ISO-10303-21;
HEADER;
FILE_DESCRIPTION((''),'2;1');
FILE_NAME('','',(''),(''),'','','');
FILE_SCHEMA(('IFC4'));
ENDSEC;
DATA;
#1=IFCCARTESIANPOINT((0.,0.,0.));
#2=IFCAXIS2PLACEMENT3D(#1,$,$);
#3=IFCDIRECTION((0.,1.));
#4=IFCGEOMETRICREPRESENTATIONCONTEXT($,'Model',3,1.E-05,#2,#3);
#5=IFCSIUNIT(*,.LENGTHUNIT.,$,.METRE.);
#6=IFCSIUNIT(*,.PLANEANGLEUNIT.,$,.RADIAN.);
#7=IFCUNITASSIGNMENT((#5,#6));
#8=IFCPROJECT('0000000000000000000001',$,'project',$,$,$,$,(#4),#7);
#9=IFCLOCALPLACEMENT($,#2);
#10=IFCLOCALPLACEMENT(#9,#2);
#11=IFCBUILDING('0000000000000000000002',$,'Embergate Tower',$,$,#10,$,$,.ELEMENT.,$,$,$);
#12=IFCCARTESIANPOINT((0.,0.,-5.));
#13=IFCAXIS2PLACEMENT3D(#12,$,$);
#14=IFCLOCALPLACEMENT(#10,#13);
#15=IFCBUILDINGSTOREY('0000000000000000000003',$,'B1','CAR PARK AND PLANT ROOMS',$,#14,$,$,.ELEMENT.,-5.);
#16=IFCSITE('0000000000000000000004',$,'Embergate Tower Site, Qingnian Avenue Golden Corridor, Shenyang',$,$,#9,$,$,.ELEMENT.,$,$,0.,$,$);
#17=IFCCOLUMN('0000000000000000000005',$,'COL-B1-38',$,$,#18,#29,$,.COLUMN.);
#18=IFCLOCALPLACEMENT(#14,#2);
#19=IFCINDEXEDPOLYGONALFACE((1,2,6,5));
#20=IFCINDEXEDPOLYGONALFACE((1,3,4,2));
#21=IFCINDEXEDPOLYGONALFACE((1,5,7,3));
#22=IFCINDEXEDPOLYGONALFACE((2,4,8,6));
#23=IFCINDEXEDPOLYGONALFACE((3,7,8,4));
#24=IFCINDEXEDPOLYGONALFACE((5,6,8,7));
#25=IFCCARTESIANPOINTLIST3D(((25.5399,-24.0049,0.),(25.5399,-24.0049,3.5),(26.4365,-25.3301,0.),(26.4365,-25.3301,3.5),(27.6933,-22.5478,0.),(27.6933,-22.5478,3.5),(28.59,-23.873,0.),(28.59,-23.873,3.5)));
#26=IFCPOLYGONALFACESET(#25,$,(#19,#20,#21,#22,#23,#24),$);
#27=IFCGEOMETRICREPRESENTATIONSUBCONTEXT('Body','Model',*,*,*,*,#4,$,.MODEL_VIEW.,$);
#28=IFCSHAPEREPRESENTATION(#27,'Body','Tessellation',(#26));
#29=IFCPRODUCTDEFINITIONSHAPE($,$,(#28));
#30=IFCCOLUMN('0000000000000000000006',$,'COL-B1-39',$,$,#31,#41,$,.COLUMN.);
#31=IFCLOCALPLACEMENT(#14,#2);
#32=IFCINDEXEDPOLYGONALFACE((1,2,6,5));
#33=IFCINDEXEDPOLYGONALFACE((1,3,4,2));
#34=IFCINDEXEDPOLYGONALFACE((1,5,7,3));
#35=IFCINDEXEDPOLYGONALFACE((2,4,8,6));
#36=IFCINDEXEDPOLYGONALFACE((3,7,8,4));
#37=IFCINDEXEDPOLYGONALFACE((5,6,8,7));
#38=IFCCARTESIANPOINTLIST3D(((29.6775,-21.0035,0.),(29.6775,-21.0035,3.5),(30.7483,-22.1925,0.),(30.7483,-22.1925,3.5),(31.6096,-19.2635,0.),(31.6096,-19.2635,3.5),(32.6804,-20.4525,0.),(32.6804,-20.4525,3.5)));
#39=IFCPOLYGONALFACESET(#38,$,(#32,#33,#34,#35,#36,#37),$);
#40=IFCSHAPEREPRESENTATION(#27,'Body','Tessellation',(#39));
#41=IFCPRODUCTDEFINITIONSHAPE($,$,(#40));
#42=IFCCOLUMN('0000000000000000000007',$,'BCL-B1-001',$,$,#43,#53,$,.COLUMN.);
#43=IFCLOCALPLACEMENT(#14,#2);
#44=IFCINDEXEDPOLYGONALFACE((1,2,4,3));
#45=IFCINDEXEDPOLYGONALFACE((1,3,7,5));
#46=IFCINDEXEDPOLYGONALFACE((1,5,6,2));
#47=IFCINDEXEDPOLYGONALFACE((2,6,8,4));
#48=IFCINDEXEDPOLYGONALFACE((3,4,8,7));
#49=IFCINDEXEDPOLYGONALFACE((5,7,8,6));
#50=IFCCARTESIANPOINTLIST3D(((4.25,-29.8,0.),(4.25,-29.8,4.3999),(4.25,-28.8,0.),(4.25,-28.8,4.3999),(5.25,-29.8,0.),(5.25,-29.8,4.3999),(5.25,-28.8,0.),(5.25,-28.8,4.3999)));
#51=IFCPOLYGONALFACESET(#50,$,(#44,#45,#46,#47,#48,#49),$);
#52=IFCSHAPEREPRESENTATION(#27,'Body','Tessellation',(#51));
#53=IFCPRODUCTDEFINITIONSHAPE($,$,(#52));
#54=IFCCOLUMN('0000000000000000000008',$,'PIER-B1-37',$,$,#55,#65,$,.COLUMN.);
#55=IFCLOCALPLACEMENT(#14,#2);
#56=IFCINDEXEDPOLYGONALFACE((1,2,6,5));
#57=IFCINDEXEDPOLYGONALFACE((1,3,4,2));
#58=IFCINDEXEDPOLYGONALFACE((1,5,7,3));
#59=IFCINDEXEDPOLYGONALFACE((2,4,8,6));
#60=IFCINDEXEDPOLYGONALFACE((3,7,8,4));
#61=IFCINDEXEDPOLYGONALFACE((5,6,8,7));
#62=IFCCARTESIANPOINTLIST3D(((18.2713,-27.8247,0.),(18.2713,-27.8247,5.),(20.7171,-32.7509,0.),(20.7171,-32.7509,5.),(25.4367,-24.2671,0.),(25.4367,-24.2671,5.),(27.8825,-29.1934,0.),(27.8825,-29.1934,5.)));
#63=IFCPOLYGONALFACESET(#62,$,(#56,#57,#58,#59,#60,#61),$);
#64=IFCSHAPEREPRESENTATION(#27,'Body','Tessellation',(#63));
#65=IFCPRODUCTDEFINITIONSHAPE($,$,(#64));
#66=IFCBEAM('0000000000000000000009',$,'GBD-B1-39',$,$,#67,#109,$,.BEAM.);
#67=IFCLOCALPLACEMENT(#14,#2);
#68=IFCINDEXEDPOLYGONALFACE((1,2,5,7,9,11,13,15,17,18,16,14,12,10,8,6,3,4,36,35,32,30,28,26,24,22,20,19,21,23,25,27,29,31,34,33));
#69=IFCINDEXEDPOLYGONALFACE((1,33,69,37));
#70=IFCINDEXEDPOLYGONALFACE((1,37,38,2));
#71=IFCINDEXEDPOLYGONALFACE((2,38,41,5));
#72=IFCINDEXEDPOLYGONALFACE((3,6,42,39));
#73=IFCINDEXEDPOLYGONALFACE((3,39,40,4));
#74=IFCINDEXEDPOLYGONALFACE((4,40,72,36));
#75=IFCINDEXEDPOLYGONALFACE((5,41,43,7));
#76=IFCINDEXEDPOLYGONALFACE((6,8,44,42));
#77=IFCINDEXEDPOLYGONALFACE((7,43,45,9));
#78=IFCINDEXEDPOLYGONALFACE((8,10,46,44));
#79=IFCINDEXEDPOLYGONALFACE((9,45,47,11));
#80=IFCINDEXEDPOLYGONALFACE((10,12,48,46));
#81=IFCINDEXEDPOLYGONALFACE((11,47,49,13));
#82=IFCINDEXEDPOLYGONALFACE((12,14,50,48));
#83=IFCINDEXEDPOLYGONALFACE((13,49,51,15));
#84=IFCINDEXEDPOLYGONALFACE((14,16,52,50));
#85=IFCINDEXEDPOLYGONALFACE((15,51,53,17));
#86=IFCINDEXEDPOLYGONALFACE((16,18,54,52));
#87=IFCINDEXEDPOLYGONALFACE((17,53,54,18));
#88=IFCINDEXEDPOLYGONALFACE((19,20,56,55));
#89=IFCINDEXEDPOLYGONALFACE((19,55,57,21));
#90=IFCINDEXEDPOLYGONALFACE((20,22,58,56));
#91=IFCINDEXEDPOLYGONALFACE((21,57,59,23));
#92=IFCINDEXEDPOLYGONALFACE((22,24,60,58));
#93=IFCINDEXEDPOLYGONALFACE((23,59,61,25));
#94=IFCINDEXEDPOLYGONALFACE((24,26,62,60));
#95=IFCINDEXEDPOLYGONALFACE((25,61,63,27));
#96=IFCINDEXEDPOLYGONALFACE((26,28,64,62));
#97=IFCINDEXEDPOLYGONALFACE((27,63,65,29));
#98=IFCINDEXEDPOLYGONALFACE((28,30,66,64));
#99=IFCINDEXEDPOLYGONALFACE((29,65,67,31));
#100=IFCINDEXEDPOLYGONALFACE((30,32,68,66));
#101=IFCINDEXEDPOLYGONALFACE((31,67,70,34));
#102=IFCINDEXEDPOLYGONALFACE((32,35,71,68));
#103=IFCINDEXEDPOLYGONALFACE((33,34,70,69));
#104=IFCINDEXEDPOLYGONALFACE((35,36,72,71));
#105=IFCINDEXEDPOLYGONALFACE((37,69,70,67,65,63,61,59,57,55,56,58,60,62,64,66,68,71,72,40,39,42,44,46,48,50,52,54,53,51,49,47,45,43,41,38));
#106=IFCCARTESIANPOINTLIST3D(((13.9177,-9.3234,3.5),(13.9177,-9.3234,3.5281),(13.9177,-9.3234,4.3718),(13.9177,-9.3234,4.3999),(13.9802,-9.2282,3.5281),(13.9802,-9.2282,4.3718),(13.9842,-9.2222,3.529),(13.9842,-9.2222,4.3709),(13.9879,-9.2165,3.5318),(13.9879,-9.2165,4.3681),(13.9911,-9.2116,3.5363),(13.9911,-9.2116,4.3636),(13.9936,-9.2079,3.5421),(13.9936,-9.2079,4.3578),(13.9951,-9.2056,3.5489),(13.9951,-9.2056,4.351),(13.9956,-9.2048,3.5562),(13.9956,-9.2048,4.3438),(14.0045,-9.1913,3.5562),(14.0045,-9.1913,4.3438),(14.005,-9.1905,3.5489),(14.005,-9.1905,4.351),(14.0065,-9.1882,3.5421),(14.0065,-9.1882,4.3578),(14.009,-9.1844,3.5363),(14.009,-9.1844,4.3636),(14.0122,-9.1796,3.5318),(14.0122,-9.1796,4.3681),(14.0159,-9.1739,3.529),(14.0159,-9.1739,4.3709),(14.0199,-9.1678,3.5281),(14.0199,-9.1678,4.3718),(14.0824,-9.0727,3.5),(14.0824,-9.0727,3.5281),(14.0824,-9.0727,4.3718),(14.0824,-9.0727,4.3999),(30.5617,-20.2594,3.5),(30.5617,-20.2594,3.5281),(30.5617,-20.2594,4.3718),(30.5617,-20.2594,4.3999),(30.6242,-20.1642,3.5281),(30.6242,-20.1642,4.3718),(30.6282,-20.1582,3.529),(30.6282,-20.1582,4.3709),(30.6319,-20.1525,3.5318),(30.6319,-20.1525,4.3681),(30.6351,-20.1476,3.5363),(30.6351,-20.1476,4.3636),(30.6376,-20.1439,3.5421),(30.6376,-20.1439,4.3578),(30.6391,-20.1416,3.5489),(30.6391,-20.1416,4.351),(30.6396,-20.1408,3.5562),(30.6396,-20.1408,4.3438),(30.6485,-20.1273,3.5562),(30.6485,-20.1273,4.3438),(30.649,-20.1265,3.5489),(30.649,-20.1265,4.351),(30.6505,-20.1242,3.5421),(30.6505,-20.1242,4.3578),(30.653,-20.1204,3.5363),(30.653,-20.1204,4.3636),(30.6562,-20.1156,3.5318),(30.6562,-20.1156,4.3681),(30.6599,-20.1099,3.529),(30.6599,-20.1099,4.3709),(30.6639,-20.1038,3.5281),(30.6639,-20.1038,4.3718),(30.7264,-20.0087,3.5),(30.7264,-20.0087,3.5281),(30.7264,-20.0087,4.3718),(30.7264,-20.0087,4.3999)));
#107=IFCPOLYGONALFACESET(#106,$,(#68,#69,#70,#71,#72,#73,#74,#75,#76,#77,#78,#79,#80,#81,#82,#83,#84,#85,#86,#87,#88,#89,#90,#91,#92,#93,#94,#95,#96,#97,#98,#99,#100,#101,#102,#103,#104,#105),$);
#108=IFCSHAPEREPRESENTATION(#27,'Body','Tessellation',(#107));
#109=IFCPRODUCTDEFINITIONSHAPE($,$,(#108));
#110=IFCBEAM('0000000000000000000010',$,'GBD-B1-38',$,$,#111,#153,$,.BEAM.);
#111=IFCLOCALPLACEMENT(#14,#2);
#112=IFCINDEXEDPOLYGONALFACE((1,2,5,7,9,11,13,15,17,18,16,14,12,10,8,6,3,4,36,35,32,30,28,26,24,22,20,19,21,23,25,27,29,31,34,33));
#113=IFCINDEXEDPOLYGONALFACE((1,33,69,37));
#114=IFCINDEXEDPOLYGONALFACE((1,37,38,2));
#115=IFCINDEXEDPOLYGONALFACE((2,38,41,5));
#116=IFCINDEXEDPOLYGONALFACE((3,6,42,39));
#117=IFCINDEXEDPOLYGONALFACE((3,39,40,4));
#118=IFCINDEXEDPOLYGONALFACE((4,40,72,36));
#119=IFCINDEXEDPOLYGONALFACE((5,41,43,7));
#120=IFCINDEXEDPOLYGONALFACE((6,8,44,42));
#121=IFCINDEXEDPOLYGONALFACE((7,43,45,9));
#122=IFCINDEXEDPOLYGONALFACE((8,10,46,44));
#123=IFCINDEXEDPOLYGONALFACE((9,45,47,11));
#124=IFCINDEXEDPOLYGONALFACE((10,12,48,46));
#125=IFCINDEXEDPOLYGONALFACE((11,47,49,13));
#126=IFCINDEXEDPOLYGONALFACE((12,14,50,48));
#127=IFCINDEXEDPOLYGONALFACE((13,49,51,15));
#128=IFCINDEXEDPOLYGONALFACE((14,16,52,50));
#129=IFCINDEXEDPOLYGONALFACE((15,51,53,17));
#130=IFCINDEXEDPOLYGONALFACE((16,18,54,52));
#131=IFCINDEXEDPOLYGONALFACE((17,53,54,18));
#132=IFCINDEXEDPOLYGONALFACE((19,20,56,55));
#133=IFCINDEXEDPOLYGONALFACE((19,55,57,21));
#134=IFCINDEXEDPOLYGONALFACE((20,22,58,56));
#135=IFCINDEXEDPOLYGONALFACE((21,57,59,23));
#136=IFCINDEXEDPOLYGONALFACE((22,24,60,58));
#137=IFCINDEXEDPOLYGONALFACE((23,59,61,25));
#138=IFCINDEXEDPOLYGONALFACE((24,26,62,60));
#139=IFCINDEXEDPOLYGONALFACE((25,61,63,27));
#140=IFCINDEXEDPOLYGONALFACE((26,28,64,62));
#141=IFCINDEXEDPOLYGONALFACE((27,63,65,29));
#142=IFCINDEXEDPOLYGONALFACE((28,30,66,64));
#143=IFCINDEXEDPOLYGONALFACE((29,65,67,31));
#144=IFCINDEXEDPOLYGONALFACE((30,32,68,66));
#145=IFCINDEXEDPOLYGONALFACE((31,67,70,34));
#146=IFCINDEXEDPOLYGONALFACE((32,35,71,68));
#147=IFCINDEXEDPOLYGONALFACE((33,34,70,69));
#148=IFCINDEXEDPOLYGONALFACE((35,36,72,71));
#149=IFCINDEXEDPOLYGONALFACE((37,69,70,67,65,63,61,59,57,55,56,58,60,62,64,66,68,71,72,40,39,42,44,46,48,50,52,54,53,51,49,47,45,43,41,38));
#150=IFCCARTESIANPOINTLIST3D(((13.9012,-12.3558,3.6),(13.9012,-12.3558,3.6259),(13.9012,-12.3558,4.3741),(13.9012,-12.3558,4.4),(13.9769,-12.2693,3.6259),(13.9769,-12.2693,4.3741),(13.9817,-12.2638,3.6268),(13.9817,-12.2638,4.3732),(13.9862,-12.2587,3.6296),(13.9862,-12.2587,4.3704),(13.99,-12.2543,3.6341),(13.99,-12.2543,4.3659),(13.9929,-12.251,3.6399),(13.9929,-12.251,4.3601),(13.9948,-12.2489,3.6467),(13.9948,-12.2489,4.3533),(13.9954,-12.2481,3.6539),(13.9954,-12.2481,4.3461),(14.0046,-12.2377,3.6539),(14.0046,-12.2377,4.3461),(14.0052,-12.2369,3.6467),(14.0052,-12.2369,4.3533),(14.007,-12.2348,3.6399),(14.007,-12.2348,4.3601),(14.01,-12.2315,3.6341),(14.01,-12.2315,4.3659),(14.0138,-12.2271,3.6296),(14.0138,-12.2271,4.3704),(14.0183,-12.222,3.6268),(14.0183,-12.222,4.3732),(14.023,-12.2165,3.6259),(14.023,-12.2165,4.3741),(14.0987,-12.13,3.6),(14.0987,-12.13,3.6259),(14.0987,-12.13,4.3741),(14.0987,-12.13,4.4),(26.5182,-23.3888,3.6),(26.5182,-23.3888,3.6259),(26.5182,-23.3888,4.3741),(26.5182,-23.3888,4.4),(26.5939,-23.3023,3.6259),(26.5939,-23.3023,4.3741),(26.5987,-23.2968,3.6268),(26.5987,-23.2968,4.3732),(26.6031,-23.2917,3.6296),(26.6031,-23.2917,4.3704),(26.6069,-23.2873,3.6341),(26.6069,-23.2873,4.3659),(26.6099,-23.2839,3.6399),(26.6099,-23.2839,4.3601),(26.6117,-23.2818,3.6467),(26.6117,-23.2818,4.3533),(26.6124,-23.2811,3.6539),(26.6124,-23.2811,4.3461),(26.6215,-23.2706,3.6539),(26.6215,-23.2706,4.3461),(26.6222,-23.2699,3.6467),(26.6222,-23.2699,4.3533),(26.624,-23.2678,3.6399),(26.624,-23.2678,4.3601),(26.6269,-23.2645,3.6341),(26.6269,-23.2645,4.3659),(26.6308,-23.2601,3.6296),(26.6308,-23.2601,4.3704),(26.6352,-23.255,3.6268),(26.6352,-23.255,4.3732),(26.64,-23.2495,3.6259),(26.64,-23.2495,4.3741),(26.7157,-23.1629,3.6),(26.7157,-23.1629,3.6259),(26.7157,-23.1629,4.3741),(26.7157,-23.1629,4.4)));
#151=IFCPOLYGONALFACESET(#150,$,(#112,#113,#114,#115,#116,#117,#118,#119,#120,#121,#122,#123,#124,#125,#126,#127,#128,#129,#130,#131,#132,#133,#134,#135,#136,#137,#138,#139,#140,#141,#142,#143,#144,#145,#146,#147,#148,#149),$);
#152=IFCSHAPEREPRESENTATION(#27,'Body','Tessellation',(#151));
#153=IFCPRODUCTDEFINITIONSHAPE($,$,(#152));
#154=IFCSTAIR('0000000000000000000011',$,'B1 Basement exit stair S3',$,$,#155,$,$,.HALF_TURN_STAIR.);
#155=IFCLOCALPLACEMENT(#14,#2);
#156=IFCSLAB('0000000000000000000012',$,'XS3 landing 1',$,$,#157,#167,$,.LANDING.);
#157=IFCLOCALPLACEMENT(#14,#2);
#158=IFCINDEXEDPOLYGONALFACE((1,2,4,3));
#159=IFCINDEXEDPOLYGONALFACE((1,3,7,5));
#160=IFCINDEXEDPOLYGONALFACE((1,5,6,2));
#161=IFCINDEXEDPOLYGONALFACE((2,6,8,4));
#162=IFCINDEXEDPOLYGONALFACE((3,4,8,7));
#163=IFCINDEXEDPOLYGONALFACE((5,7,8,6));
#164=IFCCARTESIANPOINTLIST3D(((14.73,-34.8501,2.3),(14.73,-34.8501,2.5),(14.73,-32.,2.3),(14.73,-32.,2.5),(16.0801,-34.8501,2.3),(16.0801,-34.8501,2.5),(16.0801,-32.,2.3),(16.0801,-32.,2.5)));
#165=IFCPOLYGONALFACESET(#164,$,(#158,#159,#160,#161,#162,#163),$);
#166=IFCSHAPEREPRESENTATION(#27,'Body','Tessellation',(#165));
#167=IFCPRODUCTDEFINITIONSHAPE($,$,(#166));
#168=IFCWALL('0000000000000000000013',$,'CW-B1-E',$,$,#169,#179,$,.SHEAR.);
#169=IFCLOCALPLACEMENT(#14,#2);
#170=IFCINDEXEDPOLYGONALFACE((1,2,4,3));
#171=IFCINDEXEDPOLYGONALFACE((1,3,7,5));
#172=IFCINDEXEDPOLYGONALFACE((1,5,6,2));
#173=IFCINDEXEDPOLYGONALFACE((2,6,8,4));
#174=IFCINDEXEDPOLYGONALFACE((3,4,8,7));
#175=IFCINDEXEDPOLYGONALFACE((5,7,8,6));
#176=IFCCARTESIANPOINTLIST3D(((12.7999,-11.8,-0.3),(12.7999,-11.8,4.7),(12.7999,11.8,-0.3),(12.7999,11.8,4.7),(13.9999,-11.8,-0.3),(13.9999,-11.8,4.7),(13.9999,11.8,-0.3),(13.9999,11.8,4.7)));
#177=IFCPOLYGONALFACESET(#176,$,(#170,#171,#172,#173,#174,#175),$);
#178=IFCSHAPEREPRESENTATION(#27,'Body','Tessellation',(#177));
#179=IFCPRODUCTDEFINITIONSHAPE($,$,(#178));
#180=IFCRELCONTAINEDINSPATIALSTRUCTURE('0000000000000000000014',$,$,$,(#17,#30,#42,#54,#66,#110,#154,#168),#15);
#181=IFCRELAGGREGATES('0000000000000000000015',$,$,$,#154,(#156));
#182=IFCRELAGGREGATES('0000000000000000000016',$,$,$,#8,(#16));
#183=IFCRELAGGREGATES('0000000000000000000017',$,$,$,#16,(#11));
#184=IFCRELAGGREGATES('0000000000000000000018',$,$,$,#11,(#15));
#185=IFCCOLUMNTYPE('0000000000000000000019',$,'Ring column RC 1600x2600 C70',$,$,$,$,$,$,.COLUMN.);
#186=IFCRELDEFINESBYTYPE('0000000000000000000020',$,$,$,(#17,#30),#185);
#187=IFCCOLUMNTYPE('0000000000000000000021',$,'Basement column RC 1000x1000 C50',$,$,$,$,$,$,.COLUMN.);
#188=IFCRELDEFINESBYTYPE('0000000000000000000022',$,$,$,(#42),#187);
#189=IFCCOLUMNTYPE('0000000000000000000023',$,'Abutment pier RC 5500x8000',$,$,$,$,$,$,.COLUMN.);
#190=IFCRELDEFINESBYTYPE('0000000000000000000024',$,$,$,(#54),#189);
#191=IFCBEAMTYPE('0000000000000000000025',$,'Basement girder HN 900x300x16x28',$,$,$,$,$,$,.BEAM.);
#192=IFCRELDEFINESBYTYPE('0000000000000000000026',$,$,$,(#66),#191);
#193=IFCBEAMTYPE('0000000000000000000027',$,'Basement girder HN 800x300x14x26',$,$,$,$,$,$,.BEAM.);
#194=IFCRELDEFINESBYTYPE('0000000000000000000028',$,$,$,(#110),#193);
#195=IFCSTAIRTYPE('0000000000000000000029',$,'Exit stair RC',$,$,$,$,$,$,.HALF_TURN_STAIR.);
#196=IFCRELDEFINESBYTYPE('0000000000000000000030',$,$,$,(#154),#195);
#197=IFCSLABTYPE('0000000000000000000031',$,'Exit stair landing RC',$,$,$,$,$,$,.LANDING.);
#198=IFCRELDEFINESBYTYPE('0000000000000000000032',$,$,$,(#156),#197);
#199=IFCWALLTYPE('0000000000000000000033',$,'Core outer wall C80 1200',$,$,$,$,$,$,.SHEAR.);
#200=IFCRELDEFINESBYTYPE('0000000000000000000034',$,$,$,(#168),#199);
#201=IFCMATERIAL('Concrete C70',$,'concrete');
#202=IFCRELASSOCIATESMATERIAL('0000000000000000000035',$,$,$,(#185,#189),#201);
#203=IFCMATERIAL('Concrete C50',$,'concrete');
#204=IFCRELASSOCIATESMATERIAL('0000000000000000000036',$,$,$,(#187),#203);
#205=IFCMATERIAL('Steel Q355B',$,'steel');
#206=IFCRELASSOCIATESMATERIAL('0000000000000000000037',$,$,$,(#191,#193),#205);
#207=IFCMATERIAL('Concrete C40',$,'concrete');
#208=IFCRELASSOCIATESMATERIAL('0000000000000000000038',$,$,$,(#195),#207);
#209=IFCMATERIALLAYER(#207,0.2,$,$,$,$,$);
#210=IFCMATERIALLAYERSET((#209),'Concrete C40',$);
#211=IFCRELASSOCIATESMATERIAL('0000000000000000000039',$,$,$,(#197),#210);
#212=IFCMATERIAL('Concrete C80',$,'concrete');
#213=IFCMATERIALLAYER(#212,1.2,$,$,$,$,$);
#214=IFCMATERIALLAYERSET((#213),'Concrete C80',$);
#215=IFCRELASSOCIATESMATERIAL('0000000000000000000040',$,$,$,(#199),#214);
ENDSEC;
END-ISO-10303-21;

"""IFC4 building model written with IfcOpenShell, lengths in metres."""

from ifc_helpers import new_model, si_unit, direction, frame, frame_2d, origin, origin_2d, place, context, subcontext, project, spatial, polyline, rectangle, i_section, outline, extrude, source, transform, mapped, material, layer, layer_set, material_profile, profile_set, type_object, element, aggregate, save


model = new_model("IFC4")

# Units and contexts
model_context = context("Model", 3, precision=1e-05, world=origin(), true_north=direction((0.0, 1.0)))
body_context = subcontext(model_context, "Body", "Model", "MODEL_VIEW")
ifc_project = project(units=[si_unit("LENGTHUNIT", "METRE"), si_unit("PLANEANGLEUNIT", "RADIAN")], contexts=[model_context])

# Site, building, storey
site_placement = place(None, origin())
site = spatial("IfcSite", under=ifc_project, at=site_placement, Name="Embergate Tower Site, Qingnian Avenue Golden Corridor, Shenyang", CompositionType="ELEMENT", RefElevation=0.0)
building_placement = place(site_placement, origin())
building = spatial("IfcBuilding", under=site, at=building_placement, Name="Embergate Tower", CompositionType="ELEMENT")
storey_placement = place(building_placement, frame((0.0, 0.0, -5.0)))
storey = spatial("IfcBuildingStorey", under=building, at=storey_placement, Name="B1", Description="CAR PARK AND PLANT ROOMS", CompositionType="ELEMENT", Elevation=-5.0)

# Columns
ifc_material_1 = material(Name="Concrete C70", Category="concrete")
ifc_material_profile_1 = material_profile(ifc_material_1, rectangle(XDim=1.6001, YDim=2.6001, at=origin_2d()), Name="RC 1600x2600")
ifc_profile_set_1 = profile_set([ifc_material_profile_1], Name="Concrete C70")
column_type_1 = type_object("IfcColumnType", Name="Ring column RC 1600x2600 C70", PredefinedType="COLUMN", material=ifc_profile_set_1)
shared_shape_1 = source(origin(), body_context, "Body", "SweptSolid", [
    extrude(rectangle(XDim=1.6001, YDim=2.6001, at=origin_2d()), origin(), (0.0, 0.0, 1.0), 3.5),
])
for number, where, z_axis, x_axis, name in (
    (1, (27.0649, -23.939, 0.0), (0.0, 0.0, 1.0), (0.560393, -0.828227, 0.0), "COL-B1-38"),
    (2, (31.179, -20.728, 0.0), (0.0, 0.0, 1.0), (0.669208, -0.743075, 0.0), "COL-B1-39"),
):
    element("IfcColumn", number, at=place(storey_placement, frame(where, z_axis=z_axis, x_axis=x_axis)), inside=storey, type_object=column_type_1, Name=name, PredefinedType="COLUMN", context=body_context, shape_type="MappedRepresentation", body=[
        mapped(shared_shape_1, transform((0.0, 0.0, 0.0))),
    ])
ifc_material_2 = material(Name="Concrete C50", Category="concrete")
ifc_material_profile_2 = material_profile(ifc_material_2, rectangle(XDim=1.0, YDim=1.0, at=origin_2d()), Name="RC 1000x1000")
ifc_profile_set_2 = profile_set([ifc_material_profile_2], Name="Concrete C50")
column_type_2 = type_object("IfcColumnType", Name="Basement column RC 1000x1000 C50", PredefinedType="COLUMN", material=ifc_profile_set_2)
shared_shape_2 = source(origin(), body_context, "Body", "SweptSolid", [
    extrude(rectangle(XDim=1.0, YDim=1.0, at=origin_2d()), origin(), (0.0, 0.0, 1.0), 4.3999),
])
column_1_placement = place(storey_placement, frame((4.75, -29.3, 0.0), z_axis=(0.0, 0.0, 1.0), x_axis=(1.0, 0.0, 0.0)))
element("IfcColumn", 3, at=column_1_placement, inside=storey, type_object=column_type_2, Name="BCL-B1-001", PredefinedType="COLUMN", context=body_context, shape_type="MappedRepresentation", body=[
    mapped(shared_shape_2, transform((0.0, 0.0, 0.0))),
])
ifc_material_profile_3 = material_profile(ifc_material_1, rectangle(XDim=5.5, YDim=8.0, at=origin_2d()), Name="RC 5500x8000")
ifc_profile_set_3 = profile_set([ifc_material_profile_3], Name="Concrete C70")
column_type_3 = type_object("IfcColumnType", Name="Abutment pier RC 5500x8000", PredefinedType="COLUMN", material=ifc_profile_set_3)
shared_shape_3 = source(origin(), body_context, "Body", "SweptSolid", [
    extrude(rectangle(XDim=5.5, YDim=8.0, at=origin_2d()), origin(), (0.0, 0.0, 1.0), 5.0),
])
column_2_placement = place(storey_placement, frame((23.0769, -28.509, 0.0), z_axis=(0.0, 0.0, 1.0), x_axis=(0.444698, -0.895681, 0.0)))
element("IfcColumn", 4, at=column_2_placement, inside=storey, type_object=column_type_3, Name="PIER-B1-37", PredefinedType="COLUMN", context=body_context, shape_type="MappedRepresentation", body=[
    mapped(shared_shape_3, transform((0.0, 0.0, 0.0))),
])

# Beams
ifc_material_3 = material(Name="Steel Q355B", Category="steel")
ifc_material_profile_4 = material_profile(ifc_material_3, i_section(OverallWidth=0.3, OverallDepth=0.8999, WebThickness=0.0161, FlangeThickness=0.0281, FilletRadius=0.0281, at=origin_2d()), Name="HN 900x300x16x28")
ifc_profile_set_4 = profile_set([ifc_material_profile_4], Name="Steel Q355 grade B")
beam_type_1 = type_object("IfcBeamType", Name="Basement girder HN 900x300x16x28", PredefinedType="BEAM", material=ifc_profile_set_4)
shared_shape_4 = source(origin(), body_context, "Body", "SweptSolid", [
    extrude(i_section(OverallWidth=0.3, OverallDepth=0.8999, WebThickness=0.0161, FlangeThickness=0.0281, FilletRadius=0.0281, at=origin_2d()), origin(), (0.0, 0.0, 1.0), 19.9153),
])
beam_1_placement = place(storey_placement, frame((30.644, -20.134, 3.95), z_axis=(-0.83574, 0.549126, 0.0), x_axis=(-0.549126, -0.83574, 0.0)))
element("IfcBeam", 5, at=beam_1_placement, inside=storey, type_object=beam_type_1, Name="GBD-B1-39", PredefinedType="BEAM", context=body_context, shape_type="MappedRepresentation", body=[
    mapped(shared_shape_4, transform((0.0, 0.0, 0.0))),
])
ifc_material_profile_5 = material_profile(ifc_material_3, i_section(OverallWidth=0.3, OverallDepth=0.8, WebThickness=0.0139, FlangeThickness=0.0259, FilletRadius=0.0281, at=origin_2d()), Name="HN 800x300x14x26")
ifc_profile_set_5 = profile_set([ifc_material_profile_5], Name="Steel Q355 grade B")
beam_type_2 = type_object("IfcBeamType", Name="Basement girder HN 800x300x14x26", PredefinedType="BEAM", material=ifc_profile_set_5)
shared_shape_5 = source(origin(), body_context, "Body", "SweptSolid", [
    extrude(i_section(OverallWidth=0.3, OverallDepth=0.8, WebThickness=0.0139, FlangeThickness=0.0259, FilletRadius=0.0281, at=origin_2d()), origin(), (0.0, 0.0, 1.0), 16.7605),
])
beam_2_placement = place(storey_placement, frame((26.6169, -23.2759, 4.0), z_axis=(-0.75278, 0.658273, 0.0), x_axis=(-0.658273, -0.75278, 0.0)))
element("IfcBeam", 6, at=beam_2_placement, inside=storey, type_object=beam_type_2, Name="GBD-B1-38", PredefinedType="BEAM", context=body_context, shape_type="MappedRepresentation", body=[
    mapped(shared_shape_5, transform((0.0, 0.0, 0.0))),
])

# Stair, slab
ifc_material_4 = material(Name="Concrete C40", Category="concrete")
stair_type = type_object("IfcStairType", Name="Exit stair RC", PredefinedType="HALF_TURN_STAIR", material=ifc_material_4)
stair_placement = place(storey_placement, origin())
stair = element("IfcStair", 7, at=stair_placement, inside=storey, type_object=stair_type, Name="B1 Basement exit stair S3", PredefinedType="HALF_TURN_STAIR")
ifc_layer_1 = layer(ifc_material_4, 0.2)
ifc_layer_set_1 = layer_set([ifc_layer_1], Name="Concrete C40")
slab_type = type_object("IfcSlabType", Name="Exit stair landing RC", PredefinedType="LANDING", material=ifc_layer_set_1)
shared_shape_6 = source(origin(), body_context, "Body", "SweptSolid", [
    extrude(outline(polyline([(0.0, 0.0), (1.3501, 0.0), (1.3501, 2.8501), (0.0, 2.8501), (0.0, 0.0)])), origin(), (0.0, 0.0, 1.0), 0.2),
])
slab_placement = place(storey_placement, frame((14.73, -34.8501, 2.3)))
slab = element("IfcSlab", 8, at=slab_placement, type_object=slab_type, Name="XS3 landing 1", PredefinedType="LANDING", context=body_context, shape_type="MappedRepresentation", body=[
    mapped(shared_shape_6, transform((0.0, 0.0, 0.0))),
])

# Wall
ifc_material_5 = material(Name="Concrete C80", Category="concrete")
ifc_layer_2 = layer(ifc_material_5, 1.2)
ifc_layer_set_2 = layer_set([ifc_layer_2], Name="Concrete C80")
wall_type_1 = type_object("IfcWallType", Name="Core outer wall C80 1200", PredefinedType="SHEAR", material=ifc_layer_set_2)
shared_shape_7 = source(origin(), body_context, "Body", "SweptSolid", [
    extrude(rectangle(XDim=23.6001, YDim=1.2, at=frame_2d((11.8, 0.0))), origin(), (0.0, 0.0, 1.0), 5.0),
])
wall_1_placement = place(storey_placement, frame((13.3999, -11.8, -0.3), z_axis=(0.0, 0.0, 1.0), x_axis=(0.0, 1.0, 0.0)))
element("IfcWall", 9, at=wall_1_placement, inside=storey, type_object=wall_type_1, Name="CW-B1-E", PredefinedType="SHEAR", context=body_context, shape_type="MappedRepresentation", body=[
    mapped(shared_shape_7, transform((0.0, 0.0, 0.0))),
])

aggregate(stair, [slab])

save(model, "model.ifc")
